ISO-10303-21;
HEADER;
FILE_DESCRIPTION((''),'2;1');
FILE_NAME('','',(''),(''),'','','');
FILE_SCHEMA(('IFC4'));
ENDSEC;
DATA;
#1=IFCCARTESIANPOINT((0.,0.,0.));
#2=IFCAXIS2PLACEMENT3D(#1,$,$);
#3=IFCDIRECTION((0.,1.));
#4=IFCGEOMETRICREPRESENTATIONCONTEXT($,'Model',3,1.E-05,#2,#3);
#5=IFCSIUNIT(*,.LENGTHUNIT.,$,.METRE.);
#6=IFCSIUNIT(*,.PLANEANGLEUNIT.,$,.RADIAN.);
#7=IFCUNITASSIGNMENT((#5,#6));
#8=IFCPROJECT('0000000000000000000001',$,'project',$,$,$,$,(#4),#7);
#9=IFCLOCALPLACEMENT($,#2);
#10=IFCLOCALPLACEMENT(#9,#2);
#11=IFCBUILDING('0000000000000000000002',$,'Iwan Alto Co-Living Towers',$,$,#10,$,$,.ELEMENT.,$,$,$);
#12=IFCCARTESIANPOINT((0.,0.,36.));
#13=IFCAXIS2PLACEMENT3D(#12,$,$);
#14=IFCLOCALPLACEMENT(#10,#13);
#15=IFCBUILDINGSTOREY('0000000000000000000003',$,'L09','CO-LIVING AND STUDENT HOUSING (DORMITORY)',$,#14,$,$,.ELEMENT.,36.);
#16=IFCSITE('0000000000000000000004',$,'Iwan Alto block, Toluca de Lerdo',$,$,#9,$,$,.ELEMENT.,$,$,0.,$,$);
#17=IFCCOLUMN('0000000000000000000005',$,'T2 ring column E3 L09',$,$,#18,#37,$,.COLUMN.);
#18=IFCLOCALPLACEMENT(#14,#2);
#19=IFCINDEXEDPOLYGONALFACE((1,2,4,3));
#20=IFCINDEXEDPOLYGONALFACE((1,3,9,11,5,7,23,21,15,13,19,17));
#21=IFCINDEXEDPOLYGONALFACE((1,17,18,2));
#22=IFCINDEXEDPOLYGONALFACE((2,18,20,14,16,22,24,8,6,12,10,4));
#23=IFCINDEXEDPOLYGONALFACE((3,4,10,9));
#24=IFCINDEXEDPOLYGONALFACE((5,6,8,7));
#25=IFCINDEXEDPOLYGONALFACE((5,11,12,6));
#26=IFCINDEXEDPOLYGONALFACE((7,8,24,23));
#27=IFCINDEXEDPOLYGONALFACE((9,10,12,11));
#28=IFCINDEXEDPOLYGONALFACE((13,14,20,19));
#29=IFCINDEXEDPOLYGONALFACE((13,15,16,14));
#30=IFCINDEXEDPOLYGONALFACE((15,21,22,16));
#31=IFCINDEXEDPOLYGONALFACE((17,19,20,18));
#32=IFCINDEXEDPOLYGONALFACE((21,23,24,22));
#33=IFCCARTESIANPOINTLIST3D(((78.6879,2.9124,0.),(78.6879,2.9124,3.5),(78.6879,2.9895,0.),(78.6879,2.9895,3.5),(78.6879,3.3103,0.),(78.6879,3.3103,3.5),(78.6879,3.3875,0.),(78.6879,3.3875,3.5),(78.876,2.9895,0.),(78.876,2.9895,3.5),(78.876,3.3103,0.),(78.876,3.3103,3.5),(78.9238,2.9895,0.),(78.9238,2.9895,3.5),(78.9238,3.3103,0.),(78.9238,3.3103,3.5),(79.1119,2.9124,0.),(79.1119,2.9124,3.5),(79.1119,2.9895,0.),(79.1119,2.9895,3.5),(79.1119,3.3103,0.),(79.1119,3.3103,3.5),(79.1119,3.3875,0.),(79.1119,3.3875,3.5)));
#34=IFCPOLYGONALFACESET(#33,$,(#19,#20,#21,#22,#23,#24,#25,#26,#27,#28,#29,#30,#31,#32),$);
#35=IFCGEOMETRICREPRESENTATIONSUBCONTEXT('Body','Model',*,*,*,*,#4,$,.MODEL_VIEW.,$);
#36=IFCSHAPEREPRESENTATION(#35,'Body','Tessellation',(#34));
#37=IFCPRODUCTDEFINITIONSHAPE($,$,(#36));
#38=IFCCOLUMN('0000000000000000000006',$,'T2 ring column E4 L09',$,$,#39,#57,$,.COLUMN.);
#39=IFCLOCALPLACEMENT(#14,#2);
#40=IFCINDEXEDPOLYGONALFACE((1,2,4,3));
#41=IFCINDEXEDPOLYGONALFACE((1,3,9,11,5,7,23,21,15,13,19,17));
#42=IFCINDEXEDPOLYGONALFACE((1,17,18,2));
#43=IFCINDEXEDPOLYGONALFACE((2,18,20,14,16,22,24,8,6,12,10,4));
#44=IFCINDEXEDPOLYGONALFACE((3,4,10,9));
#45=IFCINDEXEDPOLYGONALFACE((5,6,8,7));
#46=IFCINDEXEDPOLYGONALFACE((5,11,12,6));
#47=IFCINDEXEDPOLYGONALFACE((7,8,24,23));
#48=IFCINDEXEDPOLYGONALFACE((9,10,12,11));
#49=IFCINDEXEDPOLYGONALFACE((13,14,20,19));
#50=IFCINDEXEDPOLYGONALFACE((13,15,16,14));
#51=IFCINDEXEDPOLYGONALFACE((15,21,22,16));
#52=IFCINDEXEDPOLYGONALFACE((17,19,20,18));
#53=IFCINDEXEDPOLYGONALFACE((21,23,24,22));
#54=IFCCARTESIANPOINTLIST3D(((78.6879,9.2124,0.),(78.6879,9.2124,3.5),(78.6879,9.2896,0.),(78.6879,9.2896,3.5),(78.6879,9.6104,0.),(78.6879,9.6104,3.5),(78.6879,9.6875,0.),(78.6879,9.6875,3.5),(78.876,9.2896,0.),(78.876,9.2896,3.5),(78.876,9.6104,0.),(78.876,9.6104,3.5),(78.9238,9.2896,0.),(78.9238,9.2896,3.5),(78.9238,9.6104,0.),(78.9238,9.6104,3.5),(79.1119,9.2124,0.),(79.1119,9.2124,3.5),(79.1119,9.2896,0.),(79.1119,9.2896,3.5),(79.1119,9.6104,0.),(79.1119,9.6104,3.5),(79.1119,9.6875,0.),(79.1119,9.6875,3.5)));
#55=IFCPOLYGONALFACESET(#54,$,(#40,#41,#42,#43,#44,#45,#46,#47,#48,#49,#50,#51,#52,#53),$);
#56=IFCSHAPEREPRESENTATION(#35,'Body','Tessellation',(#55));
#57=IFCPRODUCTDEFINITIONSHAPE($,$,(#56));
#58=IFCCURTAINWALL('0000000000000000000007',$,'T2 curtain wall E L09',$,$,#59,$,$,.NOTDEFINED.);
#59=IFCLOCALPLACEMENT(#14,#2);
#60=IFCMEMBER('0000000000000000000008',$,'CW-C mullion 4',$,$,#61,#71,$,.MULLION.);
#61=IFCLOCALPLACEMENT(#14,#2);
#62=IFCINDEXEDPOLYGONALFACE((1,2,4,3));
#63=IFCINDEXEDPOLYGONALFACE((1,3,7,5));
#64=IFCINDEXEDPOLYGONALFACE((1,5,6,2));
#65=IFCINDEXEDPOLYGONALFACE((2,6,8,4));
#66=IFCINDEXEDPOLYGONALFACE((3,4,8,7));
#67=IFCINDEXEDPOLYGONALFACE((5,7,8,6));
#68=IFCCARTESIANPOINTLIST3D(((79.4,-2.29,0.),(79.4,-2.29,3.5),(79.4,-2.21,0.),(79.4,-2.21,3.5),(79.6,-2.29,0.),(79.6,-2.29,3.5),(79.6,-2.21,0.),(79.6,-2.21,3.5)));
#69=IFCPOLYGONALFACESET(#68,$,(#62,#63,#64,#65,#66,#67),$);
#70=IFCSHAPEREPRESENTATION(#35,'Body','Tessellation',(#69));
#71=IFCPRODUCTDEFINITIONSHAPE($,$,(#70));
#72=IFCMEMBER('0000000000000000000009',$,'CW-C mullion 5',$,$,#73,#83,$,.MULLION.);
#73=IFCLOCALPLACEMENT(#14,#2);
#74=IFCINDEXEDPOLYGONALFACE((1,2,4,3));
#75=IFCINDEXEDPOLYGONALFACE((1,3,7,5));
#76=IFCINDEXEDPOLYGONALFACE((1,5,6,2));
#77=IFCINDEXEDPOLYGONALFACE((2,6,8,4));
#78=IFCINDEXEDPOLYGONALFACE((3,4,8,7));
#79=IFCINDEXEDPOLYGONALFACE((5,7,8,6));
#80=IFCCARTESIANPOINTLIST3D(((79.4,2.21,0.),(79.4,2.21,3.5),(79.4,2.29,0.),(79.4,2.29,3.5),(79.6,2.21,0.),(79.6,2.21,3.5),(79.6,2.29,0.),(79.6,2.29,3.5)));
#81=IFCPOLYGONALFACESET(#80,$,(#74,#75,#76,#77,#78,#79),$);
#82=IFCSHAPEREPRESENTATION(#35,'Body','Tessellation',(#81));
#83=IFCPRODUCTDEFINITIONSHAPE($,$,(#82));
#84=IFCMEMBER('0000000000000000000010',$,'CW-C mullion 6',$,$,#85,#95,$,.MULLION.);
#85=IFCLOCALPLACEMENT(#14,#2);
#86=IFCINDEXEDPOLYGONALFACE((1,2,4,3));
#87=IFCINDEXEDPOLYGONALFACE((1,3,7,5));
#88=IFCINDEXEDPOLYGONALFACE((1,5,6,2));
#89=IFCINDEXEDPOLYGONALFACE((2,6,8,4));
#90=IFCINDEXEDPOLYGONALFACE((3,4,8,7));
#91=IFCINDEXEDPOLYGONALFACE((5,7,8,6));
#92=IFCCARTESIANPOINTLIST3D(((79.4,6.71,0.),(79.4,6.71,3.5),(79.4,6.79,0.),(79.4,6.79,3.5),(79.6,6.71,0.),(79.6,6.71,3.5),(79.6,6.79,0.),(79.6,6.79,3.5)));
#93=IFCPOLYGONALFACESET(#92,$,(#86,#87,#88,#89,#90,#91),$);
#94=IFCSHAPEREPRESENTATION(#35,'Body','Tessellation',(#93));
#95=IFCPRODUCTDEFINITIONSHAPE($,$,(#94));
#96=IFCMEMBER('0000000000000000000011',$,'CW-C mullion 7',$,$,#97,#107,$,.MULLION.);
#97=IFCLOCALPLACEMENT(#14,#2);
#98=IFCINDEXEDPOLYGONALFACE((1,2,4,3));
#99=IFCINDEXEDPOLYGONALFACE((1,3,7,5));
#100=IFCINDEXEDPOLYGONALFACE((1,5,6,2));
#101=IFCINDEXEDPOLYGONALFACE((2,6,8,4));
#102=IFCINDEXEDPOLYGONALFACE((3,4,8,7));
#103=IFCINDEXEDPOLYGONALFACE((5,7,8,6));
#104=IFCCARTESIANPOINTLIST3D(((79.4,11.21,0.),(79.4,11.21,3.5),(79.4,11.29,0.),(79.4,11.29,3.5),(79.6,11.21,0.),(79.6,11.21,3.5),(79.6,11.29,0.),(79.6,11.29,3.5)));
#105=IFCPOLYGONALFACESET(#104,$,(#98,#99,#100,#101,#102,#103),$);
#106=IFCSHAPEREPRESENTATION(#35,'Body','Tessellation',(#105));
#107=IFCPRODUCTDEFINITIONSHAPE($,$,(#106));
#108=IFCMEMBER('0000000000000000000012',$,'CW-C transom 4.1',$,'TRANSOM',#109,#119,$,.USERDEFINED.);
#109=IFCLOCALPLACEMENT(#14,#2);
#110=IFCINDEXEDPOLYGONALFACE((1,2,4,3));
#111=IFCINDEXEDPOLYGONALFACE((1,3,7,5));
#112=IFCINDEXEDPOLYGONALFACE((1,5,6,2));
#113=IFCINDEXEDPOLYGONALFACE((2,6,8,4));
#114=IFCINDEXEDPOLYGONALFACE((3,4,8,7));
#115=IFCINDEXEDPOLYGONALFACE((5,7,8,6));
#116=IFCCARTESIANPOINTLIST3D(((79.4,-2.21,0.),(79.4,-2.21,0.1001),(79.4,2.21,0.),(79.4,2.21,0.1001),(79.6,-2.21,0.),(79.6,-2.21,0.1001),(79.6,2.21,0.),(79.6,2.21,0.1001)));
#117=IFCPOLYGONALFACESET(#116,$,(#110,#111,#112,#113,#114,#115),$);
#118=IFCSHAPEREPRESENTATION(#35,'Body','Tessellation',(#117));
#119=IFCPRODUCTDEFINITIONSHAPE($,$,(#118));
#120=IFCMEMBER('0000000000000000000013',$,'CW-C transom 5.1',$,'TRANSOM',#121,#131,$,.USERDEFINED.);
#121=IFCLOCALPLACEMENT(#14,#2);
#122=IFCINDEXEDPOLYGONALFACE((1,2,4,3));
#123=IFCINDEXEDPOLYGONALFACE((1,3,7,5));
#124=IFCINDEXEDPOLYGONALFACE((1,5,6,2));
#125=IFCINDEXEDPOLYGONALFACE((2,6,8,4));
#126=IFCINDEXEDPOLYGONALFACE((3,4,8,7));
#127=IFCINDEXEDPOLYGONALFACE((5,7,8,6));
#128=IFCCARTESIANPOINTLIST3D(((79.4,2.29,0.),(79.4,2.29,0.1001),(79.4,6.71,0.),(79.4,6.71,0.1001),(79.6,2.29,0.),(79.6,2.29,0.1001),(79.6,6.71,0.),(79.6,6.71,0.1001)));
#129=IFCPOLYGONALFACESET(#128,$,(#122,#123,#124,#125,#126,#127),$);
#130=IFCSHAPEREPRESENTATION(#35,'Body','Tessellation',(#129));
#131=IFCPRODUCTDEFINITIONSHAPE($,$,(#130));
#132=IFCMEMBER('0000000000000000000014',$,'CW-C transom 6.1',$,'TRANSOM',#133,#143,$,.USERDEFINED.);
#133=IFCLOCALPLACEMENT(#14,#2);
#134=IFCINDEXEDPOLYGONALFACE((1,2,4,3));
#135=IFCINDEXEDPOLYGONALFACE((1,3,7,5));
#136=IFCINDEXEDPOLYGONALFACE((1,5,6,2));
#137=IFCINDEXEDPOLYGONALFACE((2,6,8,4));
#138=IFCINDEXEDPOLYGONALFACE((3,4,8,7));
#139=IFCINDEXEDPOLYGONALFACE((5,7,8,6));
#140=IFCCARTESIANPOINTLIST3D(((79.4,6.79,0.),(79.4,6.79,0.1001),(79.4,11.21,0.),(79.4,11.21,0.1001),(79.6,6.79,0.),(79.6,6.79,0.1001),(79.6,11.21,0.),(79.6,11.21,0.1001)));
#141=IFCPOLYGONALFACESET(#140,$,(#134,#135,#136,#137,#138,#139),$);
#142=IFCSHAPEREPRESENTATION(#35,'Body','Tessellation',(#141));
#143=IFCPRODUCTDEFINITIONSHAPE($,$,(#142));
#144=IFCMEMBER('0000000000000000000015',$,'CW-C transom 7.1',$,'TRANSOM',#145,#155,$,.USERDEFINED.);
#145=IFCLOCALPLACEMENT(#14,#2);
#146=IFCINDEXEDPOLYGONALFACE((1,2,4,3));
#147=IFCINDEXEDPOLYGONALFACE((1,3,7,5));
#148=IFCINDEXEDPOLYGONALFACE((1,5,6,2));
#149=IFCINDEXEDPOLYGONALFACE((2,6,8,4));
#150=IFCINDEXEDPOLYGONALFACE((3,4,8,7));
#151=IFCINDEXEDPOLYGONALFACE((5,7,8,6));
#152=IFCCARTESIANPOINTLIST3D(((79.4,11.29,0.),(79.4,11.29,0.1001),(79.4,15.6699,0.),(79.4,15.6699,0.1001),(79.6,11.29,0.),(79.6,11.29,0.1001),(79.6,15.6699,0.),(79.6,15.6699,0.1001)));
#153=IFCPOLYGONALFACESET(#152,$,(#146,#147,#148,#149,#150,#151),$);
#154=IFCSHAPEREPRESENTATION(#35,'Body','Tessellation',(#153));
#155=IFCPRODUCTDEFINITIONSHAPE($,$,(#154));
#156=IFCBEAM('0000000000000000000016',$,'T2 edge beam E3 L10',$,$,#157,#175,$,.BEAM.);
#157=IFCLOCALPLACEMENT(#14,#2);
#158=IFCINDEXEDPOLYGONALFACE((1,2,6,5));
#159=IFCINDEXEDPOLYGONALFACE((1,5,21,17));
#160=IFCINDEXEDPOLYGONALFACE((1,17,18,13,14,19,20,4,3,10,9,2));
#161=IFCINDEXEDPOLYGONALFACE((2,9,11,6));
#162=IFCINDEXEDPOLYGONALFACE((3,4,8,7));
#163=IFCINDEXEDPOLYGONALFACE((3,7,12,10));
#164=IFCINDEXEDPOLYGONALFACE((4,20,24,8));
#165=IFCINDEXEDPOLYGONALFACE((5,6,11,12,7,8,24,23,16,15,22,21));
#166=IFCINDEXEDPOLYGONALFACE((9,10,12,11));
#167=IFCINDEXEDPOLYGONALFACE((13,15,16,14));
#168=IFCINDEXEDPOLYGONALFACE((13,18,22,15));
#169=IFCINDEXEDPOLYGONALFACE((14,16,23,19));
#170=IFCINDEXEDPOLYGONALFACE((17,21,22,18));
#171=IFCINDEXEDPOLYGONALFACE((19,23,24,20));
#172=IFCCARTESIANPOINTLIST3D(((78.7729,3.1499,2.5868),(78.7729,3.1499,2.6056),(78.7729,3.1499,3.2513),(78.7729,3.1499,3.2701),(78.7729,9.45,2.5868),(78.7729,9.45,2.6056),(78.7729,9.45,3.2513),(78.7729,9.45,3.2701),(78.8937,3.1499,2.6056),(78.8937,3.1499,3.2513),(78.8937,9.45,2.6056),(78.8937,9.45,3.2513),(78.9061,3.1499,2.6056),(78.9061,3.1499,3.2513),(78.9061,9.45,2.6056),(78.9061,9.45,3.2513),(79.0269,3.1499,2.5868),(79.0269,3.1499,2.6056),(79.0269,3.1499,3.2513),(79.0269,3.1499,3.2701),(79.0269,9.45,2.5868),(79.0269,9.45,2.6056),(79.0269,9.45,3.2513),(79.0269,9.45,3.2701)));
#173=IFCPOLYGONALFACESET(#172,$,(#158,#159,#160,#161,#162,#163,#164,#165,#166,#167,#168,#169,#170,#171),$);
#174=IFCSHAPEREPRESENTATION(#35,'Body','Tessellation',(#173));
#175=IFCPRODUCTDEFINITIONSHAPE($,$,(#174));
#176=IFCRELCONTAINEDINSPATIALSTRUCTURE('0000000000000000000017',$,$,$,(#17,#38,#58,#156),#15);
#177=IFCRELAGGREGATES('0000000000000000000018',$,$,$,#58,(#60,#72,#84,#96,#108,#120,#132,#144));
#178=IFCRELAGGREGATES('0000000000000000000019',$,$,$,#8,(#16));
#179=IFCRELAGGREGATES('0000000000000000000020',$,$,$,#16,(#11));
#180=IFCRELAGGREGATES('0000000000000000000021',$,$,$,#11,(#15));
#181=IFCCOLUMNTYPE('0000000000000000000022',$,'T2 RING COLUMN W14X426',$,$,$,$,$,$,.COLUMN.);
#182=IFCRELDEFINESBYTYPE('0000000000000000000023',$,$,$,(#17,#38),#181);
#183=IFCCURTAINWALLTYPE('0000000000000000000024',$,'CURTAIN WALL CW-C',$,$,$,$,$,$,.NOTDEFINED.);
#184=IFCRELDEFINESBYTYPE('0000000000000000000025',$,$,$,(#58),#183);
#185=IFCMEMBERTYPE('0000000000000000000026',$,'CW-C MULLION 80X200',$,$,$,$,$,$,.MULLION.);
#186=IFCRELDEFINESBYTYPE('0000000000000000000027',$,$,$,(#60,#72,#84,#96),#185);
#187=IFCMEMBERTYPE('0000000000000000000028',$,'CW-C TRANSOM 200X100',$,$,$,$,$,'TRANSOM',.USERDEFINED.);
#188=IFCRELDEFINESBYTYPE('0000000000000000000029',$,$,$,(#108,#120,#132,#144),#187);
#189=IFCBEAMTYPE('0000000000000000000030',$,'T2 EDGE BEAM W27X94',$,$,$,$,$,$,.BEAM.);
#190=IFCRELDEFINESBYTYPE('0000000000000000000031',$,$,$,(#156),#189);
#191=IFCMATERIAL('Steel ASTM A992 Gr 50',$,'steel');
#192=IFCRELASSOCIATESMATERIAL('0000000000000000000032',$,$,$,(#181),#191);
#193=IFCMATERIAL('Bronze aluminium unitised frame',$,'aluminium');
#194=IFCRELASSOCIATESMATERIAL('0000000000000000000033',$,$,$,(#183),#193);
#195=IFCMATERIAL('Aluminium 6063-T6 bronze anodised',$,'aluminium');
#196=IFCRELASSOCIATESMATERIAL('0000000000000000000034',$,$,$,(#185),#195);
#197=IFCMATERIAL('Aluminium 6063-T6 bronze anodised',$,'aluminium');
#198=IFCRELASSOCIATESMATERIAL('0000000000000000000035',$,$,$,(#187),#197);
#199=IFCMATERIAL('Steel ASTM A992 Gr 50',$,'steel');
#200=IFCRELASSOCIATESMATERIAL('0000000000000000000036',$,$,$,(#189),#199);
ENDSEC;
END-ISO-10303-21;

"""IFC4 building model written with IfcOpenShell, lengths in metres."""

from ifc_helpers import new_model, si_unit, direction, frame, origin, origin_2d, place, context, subcontext, project, spatial, rectangle, i_section, extrude, material, material_profile, profile_set, type_object, element, aggregate, save


model = new_model("IFC4")

# Units and contexts
model_context = context("Model", 3, precision=1e-05, world=origin(), true_north=direction((0.0, 1.0)))
body_context = subcontext(model_context, "Body", "Model", "MODEL_VIEW")
ifc_project = project(units=[si_unit("LENGTHUNIT", "METRE"), si_unit("PLANEANGLEUNIT", "RADIAN")], contexts=[model_context])

# Site, building, storey
site_placement = place(None, origin())
site = spatial("IfcSite", under=ifc_project, at=site_placement, Name="Iwan Alto block, Toluca de Lerdo", CompositionType="ELEMENT", RefElevation=0.0)
building_placement = place(site_placement, origin())
building = spatial("IfcBuilding", under=site, at=building_placement, Name="Iwan Alto Co-Living Towers", CompositionType="ELEMENT")
storey_placement = place(building_placement, frame((0.0, 0.0, 36.0)))
storey = spatial("IfcBuildingStorey", under=building, at=storey_placement, Name="L09", Description="CO-LIVING AND STUDENT HOUSING (DORMITORY)", CompositionType="ELEMENT", Elevation=36.0)

# Columns
ifc_material_1 = material(Name="Steel ASTM A992 Gr 50", Category="steel")
ifc_material_profile_1 = material_profile(ifc_material_1, i_section(OverallWidth=0.4241, OverallDepth=0.4751, WebThickness=0.0479, FlangeThickness=0.0771, at=origin_2d()), Name="W14X426")
ifc_profile_set_1 = profile_set([ifc_material_profile_1], Name="Steel ASTM A992 Gr 50")
column_type = type_object("IfcColumnType", Name="T2 RING COLUMN W14X426", PredefinedType="COLUMN", material=ifc_profile_set_1)
for number, where, z_axis, x_axis, name in (
    (1, (78.8999, 3.1499, 0.0), (0.0, 0.0, 1.0), (1.0, 0.0, 0.0), "T2 ring column E3 L09"),
    (2, (78.8999, 9.45, 0.0), (0.0, 0.0, 1.0), (1.0, 0.0, 0.0), "T2 ring column E4 L09"),
):
    element("IfcColumn", number, at=place(storey_placement, frame(where, z_axis=z_axis, x_axis=x_axis)), inside=storey, type_object=column_type, Name=name, PredefinedType="COLUMN", context=body_context, shape_type="SweptSolid", body=[
        extrude(i_section(OverallWidth=0.4241, OverallDepth=0.4751, WebThickness=0.0479, FlangeThickness=0.0771, at=origin_2d()), origin(), (0.0, 0.0, 1.0), 3.5),
    ])

# Curtain wall, members
ifc_material_2 = material(Name="Bronze aluminium unitised frame", Category="aluminium")
curtain_wall_type = type_object("IfcCurtainWallType", Name="CURTAIN WALL CW-C", PredefinedType="NOTDEFINED", material=ifc_material_2)
curtain_wall_placement = place(storey_placement, origin())
curtain_wall = element("IfcCurtainWall", 3, at=curtain_wall_placement, inside=storey, type_object=curtain_wall_type, Name="T2 curtain wall E L09", PredefinedType="NOTDEFINED")
ifc_material_3 = material(Name="Aluminium 6063-T6 bronze anodised", Category="aluminium")
ifc_material_profile_2 = material_profile(ifc_material_3, rectangle(XDim=0.2, YDim=0.0801, at=origin_2d()), Name="AL 80X200")
ifc_profile_set_2 = profile_set([ifc_material_profile_2], Name="Aluminium 6063-T6 bronze anodised")
member_type_1 = type_object("IfcMemberType", Name="CW-C MULLION 80X200", PredefinedType="MULLION", material=ifc_profile_set_2)
member_1_placement = place(storey_placement, frame((79.5, -2.25, 0.0), z_axis=(0.0, 0.0, 1.0), x_axis=(-1.0, 0.0, 0.0)))
member_1 = element("IfcMember", 4, at=member_1_placement, type_object=member_type_1, Name="CW-C mullion 4", PredefinedType="MULLION", context=body_context, shape_type="SweptSolid", body=[
    extrude(rectangle(XDim=0.2, YDim=0.0801, at=origin_2d()), origin(), (0.0, 0.0, 1.0), 3.5),
])
member_2_placement = place(storey_placement, frame((79.5, 2.25, 0.0), z_axis=(0.0, 0.0, 1.0), x_axis=(-1.0, 0.0, 0.0)))
member_2 = element("IfcMember", 5, at=member_2_placement, type_object=member_type_1, Name="CW-C mullion 5", PredefinedType="MULLION", context=body_context, shape_type="SweptSolid", body=[
    extrude(rectangle(XDim=0.2, YDim=0.0801, at=origin_2d()), origin(), (0.0, 0.0, 1.0), 3.5),
])
member_3_placement = place(storey_placement, frame((79.5, 6.75, 0.0), z_axis=(0.0, 0.0, 1.0), x_axis=(-1.0, 0.0, 0.0)))
member_3 = element("IfcMember", 6, at=member_3_placement, type_object=member_type_1, Name="CW-C mullion 6", PredefinedType="MULLION", context=body_context, shape_type="SweptSolid", body=[
    extrude(rectangle(XDim=0.2, YDim=0.0801, at=origin_2d()), origin(), (0.0, 0.0, 1.0), 3.5),
])
member_4_placement = place(storey_placement, frame((79.5, 11.25, 0.0), z_axis=(0.0, 0.0, 1.0), x_axis=(-1.0, 0.0, 0.0)))
member_4 = element("IfcMember", 7, at=member_4_placement, type_object=member_type_1, Name="CW-C mullion 7", PredefinedType="MULLION", context=body_context, shape_type="SweptSolid", body=[
    extrude(rectangle(XDim=0.2, YDim=0.0801, at=origin_2d()), origin(), (0.0, 0.0, 1.0), 3.5),
])
ifc_material_4 = material(Name="Aluminium 6063-T6 bronze anodised", Category="aluminium")
ifc_material_profile_3 = material_profile(ifc_material_4, rectangle(XDim=0.2, YDim=0.1001, at=origin_2d()), Name="AL 200X100")
ifc_profile_set_3 = profile_set([ifc_material_profile_3], Name="Aluminium 6063-T6 bronze anodised")
member_type_2 = type_object("IfcMemberType", Name="CW-C TRANSOM 200X100", ElementType="TRANSOM", PredefinedType="USERDEFINED", material=ifc_profile_set_3)
member_5_placement = place(storey_placement, frame((79.5, -2.21, 0.05), z_axis=(0.0, 1.0, 0.0), x_axis=(-1.0, 0.0, 0.0)))
member_5 = element("IfcMember", 8, at=member_5_placement, type_object=member_type_2, Name="CW-C transom 4.1", ObjectType="TRANSOM", PredefinedType="USERDEFINED", context=body_context, shape_type="SweptSolid", body=[
    extrude(rectangle(XDim=0.2, YDim=0.1001, at=origin_2d()), origin(), (0.0, 0.0, 1.0), 4.4199),
])
member_6_placement = place(storey_placement, frame((79.5, 2.29, 0.05), z_axis=(0.0, 1.0, 0.0), x_axis=(-1.0, 0.0, 0.0)))
member_6 = element("IfcMember", 9, at=member_6_placement, type_object=member_type_2, Name="CW-C transom 5.1", ObjectType="TRANSOM", PredefinedType="USERDEFINED", context=body_context, shape_type="SweptSolid", body=[
    extrude(rectangle(XDim=0.2, YDim=0.1001, at=origin_2d()), origin(), (0.0, 0.0, 1.0), 4.4199),
])
member_7_placement = place(storey_placement, frame((79.5, 6.79, 0.05), z_axis=(0.0, 1.0, 0.0), x_axis=(-1.0, 0.0, 0.0)))
member_7 = element("IfcMember", 10, at=member_7_placement, type_object=member_type_2, Name="CW-C transom 6.1", ObjectType="TRANSOM", PredefinedType="USERDEFINED", context=body_context, shape_type="SweptSolid", body=[
    extrude(rectangle(XDim=0.2, YDim=0.1001, at=origin_2d()), origin(), (0.0, 0.0, 1.0), 4.4199),
])
member_8_placement = place(storey_placement, frame((79.5, 11.29, 0.05), z_axis=(0.0, 1.0, 0.0), x_axis=(-1.0, 0.0, 0.0)))
member_8 = element("IfcMember", 11, at=member_8_placement, type_object=member_type_2, Name="CW-C transom 7.1", ObjectType="TRANSOM", PredefinedType="USERDEFINED", context=body_context, shape_type="SweptSolid", body=[
    extrude(rectangle(XDim=0.2, YDim=0.1001, at=origin_2d()), origin(), (0.0, 0.0, 1.0), 4.3799),
])

# Beam
ifc_material_5 = material(Name="Steel ASTM A992 Gr 50", Category="steel")
ifc_material_profile_4 = material_profile(ifc_material_5, i_section(OverallWidth=0.2539, OverallDepth=0.6833, WebThickness=0.0125, FlangeThickness=0.0188, at=origin_2d()), Name="W27X94")
ifc_profile_set_4 = profile_set([ifc_material_profile_4], Name="Steel ASTM A992 Gr 50")
beam_type_1 = type_object("IfcBeamType", Name="T2 EDGE BEAM W27X94", PredefinedType="BEAM", material=ifc_profile_set_4)
beam_1_placement = place(storey_placement, frame((78.8999, 3.1499, 2.9285), z_axis=(0.0, 1.0, 0.0), x_axis=(-1.0, 0.0, 0.0)))
element("IfcBeam", 12, at=beam_1_placement, inside=storey, type_object=beam_type_1, Name="T2 edge beam E3 L10", PredefinedType="BEAM", context=body_context, shape_type="SweptSolid", body=[
    extrude(i_section(OverallWidth=0.2539, OverallDepth=0.6833, WebThickness=0.0125, FlangeThickness=0.0188, at=origin_2d()), origin(), (0.0, 0.0, 1.0), 6.3),
])

aggregate(curtain_wall, [member_1, member_2, member_3, member_4, member_5, member_6, member_7, member_8])

save(model, "model.ifc")
